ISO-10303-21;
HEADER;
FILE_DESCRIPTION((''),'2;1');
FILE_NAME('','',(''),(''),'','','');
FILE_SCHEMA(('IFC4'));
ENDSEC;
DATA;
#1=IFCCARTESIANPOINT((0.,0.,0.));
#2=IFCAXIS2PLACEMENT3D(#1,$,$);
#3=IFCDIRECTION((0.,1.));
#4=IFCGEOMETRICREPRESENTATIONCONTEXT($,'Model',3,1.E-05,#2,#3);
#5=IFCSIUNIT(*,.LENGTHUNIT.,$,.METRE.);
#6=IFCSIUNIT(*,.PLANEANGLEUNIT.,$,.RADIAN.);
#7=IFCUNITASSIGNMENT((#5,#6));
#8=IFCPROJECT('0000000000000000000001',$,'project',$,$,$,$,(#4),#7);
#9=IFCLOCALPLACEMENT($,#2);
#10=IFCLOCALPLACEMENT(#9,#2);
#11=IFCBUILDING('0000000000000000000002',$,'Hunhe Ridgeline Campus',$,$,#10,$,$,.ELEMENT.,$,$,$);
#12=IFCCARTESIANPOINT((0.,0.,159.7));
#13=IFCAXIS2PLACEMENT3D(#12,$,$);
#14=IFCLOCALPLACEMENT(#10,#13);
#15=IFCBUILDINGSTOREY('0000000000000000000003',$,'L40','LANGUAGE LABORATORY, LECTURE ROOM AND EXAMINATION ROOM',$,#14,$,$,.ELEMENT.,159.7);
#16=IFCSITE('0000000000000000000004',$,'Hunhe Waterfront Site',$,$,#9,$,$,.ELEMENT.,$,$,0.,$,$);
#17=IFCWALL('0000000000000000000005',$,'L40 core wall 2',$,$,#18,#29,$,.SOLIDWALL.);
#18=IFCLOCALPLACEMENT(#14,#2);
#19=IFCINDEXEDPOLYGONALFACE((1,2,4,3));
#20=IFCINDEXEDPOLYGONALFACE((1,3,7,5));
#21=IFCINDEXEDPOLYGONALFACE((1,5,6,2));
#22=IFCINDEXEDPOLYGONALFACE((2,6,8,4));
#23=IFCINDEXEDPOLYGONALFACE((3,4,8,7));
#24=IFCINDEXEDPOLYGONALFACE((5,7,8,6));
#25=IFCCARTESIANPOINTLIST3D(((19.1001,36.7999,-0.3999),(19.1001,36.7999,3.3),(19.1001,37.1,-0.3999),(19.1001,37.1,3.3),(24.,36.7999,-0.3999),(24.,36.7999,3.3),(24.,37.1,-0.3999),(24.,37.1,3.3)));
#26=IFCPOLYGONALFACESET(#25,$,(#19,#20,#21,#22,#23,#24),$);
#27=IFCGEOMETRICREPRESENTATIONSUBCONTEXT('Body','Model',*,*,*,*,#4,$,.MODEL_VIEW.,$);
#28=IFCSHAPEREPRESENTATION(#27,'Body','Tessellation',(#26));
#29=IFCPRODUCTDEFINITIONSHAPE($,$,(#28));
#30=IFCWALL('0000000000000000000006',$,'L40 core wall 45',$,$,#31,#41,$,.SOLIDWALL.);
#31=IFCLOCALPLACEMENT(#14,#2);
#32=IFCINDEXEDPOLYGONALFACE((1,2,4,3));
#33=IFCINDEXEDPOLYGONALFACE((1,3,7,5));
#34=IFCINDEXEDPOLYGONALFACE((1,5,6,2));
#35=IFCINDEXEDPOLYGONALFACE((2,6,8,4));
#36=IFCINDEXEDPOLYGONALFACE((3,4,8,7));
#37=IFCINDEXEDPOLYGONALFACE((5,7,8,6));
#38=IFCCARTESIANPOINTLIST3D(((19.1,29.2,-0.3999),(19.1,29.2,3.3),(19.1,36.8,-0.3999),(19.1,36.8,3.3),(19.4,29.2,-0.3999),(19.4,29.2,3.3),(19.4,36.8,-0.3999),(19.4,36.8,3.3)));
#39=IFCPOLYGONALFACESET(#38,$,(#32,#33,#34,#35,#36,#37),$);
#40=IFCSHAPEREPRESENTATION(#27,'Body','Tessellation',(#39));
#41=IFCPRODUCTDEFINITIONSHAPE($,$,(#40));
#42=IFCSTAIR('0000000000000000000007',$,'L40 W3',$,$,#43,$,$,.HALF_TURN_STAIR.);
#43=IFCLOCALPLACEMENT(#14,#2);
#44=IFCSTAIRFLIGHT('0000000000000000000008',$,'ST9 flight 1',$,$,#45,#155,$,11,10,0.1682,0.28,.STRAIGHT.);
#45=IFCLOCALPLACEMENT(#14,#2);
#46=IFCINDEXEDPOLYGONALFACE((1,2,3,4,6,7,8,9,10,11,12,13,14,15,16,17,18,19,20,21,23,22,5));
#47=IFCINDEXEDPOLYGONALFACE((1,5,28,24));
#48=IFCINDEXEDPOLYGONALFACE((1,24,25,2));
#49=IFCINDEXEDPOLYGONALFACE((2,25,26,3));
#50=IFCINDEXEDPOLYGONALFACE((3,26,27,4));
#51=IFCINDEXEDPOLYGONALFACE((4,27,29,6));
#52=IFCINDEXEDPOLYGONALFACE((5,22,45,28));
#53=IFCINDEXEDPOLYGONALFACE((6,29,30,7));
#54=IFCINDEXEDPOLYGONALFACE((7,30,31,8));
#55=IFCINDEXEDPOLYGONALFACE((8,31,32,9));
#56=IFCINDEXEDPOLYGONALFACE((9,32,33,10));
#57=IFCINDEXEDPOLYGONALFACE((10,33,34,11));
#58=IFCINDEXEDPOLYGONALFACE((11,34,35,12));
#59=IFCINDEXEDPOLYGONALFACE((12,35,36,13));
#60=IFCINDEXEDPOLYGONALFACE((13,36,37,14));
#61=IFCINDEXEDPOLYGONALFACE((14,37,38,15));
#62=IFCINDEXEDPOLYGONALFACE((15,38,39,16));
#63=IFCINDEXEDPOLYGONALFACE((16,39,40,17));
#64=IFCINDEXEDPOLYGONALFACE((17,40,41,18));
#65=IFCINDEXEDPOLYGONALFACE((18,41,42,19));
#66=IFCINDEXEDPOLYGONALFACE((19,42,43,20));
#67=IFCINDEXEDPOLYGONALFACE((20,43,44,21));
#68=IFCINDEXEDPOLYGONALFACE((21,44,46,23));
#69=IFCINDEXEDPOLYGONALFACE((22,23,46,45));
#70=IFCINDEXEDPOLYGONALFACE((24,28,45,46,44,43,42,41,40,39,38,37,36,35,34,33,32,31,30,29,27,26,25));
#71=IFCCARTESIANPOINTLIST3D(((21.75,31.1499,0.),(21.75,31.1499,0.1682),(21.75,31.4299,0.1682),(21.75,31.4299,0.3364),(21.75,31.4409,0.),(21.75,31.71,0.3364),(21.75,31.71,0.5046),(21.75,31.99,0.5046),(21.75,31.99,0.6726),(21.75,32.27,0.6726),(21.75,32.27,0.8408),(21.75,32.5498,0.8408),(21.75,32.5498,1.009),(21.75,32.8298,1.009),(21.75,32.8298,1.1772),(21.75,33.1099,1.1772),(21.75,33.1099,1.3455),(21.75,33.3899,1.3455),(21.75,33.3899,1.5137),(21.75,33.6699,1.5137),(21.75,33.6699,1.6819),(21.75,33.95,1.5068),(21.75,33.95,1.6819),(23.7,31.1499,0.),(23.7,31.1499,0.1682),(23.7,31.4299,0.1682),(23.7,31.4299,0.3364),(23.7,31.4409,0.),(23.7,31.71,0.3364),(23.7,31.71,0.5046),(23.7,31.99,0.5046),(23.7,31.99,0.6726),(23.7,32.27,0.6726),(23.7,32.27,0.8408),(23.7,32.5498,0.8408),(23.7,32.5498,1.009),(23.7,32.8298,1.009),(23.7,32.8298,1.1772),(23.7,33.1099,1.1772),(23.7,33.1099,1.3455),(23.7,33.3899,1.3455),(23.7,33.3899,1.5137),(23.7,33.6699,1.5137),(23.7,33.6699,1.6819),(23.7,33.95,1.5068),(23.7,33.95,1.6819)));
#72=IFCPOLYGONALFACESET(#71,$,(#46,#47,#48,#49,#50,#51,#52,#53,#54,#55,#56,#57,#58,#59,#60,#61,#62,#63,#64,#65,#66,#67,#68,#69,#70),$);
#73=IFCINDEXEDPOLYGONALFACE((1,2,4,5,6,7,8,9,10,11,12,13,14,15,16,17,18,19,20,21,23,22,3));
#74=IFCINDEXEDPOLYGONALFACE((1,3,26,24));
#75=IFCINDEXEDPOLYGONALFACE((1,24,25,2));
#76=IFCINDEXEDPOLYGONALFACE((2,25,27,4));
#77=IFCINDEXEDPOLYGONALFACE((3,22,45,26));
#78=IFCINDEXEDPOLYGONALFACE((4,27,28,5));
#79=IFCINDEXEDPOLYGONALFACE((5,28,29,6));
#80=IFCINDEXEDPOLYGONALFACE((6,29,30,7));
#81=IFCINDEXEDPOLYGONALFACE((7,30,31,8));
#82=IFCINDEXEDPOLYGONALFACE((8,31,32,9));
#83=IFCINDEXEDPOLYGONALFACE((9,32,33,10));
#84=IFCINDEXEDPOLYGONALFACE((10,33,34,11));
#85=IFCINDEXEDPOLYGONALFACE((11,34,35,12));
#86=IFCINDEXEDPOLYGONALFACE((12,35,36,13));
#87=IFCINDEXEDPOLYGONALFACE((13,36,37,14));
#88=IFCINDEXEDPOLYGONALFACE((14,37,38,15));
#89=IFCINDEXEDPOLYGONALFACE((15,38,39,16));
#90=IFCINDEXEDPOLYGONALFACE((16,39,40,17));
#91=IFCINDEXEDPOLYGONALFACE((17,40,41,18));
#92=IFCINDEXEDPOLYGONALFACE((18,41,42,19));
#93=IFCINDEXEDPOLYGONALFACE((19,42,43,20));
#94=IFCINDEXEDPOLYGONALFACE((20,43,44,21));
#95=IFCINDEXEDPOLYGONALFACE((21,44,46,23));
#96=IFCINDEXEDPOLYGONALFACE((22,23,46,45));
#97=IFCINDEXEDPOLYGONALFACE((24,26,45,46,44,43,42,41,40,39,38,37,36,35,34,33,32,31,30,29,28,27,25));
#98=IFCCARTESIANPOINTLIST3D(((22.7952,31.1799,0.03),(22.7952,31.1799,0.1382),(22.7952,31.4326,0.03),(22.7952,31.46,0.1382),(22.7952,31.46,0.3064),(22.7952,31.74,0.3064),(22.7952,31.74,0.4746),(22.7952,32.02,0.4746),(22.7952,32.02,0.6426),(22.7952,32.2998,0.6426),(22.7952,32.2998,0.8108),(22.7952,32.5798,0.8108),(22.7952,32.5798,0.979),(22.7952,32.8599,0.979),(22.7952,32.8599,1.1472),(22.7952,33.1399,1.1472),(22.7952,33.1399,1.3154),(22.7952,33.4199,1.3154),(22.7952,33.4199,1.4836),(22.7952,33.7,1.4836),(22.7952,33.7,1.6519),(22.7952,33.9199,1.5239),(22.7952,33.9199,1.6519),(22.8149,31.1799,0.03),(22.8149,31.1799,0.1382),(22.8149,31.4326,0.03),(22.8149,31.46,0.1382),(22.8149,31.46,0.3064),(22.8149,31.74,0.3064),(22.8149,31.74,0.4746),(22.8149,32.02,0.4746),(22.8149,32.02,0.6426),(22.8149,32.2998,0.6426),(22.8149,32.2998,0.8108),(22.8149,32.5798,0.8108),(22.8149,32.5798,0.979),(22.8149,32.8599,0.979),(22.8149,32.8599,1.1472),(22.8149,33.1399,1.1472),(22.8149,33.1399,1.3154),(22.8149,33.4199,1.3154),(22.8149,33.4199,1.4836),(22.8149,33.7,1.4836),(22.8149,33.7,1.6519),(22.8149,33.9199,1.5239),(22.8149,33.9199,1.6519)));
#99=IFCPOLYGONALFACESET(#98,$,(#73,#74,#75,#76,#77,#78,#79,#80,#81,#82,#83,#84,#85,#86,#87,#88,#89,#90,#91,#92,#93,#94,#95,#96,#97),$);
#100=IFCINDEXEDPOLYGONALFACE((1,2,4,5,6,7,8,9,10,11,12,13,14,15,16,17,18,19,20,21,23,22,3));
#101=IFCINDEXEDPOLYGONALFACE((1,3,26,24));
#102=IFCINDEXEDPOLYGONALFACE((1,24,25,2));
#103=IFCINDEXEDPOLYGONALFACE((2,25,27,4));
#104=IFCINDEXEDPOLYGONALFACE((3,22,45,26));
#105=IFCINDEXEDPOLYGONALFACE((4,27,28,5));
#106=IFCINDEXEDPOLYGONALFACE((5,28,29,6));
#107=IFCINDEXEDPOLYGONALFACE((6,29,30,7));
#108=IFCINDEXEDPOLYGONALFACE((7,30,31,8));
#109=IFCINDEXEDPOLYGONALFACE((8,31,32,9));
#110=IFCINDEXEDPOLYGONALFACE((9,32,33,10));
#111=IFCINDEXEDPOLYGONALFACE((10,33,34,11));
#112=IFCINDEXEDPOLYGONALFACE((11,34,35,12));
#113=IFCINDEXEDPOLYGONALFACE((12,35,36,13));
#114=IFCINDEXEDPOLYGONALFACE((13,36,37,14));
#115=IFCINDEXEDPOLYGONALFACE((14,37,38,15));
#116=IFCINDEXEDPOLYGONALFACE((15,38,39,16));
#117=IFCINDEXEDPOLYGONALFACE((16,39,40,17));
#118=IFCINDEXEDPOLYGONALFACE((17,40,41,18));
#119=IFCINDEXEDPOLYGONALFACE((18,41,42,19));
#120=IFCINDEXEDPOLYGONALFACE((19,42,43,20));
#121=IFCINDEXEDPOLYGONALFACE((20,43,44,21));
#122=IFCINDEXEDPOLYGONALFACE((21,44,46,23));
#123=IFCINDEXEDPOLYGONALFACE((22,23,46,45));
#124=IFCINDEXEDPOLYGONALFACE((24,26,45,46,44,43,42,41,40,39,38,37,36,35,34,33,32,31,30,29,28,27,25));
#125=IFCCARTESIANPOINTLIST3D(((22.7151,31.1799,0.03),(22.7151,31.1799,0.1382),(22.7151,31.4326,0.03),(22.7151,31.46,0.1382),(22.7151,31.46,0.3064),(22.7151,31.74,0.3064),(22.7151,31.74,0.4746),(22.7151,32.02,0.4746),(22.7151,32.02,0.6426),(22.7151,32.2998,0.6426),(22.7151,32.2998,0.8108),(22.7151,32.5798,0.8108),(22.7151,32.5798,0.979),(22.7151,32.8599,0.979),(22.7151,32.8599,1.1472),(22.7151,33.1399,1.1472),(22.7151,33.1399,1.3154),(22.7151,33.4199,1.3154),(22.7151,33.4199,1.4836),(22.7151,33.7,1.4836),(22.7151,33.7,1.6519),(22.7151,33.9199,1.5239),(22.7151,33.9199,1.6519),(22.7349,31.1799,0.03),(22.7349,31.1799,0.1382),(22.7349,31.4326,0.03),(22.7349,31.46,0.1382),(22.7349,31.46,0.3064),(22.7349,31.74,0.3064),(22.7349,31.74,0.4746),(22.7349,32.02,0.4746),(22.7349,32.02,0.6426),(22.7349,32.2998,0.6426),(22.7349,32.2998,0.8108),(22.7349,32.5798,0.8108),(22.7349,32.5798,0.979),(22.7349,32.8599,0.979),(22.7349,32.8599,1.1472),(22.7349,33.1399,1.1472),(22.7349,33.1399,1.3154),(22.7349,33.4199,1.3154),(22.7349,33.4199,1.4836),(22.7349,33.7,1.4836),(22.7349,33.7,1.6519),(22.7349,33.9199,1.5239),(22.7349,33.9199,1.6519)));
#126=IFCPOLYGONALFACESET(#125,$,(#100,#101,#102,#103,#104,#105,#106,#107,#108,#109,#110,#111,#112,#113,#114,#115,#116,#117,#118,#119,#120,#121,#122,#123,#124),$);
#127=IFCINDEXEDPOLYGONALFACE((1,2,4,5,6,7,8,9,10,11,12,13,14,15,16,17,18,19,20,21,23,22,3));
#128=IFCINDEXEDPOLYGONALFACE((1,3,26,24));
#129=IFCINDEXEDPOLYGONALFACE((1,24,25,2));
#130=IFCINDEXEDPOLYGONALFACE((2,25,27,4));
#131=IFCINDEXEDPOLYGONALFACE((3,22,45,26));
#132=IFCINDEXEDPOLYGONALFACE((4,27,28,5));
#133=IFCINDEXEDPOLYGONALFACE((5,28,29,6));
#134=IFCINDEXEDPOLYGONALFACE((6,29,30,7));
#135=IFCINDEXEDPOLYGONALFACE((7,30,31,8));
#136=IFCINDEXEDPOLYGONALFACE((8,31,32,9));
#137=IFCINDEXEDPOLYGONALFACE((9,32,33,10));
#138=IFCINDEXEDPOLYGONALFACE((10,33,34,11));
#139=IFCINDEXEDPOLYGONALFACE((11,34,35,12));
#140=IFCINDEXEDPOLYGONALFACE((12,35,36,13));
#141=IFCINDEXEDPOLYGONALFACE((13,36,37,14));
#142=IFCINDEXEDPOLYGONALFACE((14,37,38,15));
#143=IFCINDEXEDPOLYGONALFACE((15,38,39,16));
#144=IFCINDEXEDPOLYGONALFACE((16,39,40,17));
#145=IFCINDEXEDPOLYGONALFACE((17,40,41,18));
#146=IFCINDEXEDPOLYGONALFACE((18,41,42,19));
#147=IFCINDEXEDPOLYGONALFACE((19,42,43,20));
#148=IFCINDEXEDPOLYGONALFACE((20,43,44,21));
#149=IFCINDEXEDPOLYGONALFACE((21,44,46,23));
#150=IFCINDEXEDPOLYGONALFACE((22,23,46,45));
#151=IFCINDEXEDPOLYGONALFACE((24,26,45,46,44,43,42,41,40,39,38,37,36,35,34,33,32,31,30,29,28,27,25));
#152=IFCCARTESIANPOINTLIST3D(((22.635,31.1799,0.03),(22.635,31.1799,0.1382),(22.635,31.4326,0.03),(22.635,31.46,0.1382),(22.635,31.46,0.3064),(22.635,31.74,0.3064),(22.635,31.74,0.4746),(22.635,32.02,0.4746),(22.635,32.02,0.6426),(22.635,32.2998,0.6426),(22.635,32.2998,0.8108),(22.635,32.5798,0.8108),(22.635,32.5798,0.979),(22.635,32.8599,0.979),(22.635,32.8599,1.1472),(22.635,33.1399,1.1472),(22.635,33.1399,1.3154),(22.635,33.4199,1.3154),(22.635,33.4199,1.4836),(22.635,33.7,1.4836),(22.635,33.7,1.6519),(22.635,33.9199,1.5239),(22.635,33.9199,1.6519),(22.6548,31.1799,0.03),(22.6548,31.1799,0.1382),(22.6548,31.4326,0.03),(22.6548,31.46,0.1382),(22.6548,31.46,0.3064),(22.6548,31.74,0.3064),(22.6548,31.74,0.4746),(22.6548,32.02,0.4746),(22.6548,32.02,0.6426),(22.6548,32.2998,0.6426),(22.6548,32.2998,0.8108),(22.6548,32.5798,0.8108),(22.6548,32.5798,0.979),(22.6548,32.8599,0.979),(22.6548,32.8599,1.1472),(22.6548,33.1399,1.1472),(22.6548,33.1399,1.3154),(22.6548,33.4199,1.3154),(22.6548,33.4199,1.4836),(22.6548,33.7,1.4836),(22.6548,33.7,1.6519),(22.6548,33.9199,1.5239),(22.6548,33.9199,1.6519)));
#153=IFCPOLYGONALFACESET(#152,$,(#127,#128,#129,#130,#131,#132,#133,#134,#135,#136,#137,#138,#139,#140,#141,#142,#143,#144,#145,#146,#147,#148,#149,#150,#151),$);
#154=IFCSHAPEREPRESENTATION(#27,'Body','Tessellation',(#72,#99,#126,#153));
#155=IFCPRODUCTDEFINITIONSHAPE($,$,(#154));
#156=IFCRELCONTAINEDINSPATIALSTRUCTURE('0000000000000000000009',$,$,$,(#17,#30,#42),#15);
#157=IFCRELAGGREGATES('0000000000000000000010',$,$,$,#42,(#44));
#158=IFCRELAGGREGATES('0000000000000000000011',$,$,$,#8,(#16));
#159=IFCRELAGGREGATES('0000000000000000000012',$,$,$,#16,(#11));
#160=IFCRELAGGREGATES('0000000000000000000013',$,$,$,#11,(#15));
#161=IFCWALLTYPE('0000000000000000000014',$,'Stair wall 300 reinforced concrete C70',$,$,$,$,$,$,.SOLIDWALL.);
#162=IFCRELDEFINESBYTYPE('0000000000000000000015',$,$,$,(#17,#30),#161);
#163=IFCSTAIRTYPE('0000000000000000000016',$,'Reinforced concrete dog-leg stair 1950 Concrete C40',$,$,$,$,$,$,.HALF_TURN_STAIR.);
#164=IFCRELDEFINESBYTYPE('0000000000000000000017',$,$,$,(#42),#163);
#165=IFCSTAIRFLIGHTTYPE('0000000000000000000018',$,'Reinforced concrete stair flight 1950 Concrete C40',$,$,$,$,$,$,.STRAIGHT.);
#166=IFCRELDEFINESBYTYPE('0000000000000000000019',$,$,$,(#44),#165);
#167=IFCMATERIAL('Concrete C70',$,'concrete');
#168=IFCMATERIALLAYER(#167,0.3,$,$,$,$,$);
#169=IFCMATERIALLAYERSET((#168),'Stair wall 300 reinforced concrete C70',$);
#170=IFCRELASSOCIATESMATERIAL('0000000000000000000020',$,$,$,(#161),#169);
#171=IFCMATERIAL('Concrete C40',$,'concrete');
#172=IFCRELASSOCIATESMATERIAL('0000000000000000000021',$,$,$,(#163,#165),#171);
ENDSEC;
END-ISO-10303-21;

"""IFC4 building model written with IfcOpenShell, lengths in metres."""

from ifc_helpers import new_model, si_unit, direction, frame, frame_2d, origin, place, context, subcontext, project, spatial, polyline, rectangle, outline, extrude, material, layer, layer_set, type_object, element, aggregate, save


model = new_model("IFC4")

# Units and contexts
model_context = context("Model", 3, precision=1e-05, world=origin(), true_north=direction((0.0, 1.0)))
body_context = subcontext(model_context, "Body", "Model", "MODEL_VIEW")
ifc_project = project(units=[si_unit("LENGTHUNIT", "METRE"), si_unit("PLANEANGLEUNIT", "RADIAN")], contexts=[model_context])

# Site, building, storey
site_placement = place(None, origin())
site = spatial("IfcSite", under=ifc_project, at=site_placement, Name="Hunhe Waterfront Site", CompositionType="ELEMENT", RefElevation=0.0)
building_placement = place(site_placement, origin())
building = spatial("IfcBuilding", under=site, at=building_placement, Name="Hunhe Ridgeline Campus", CompositionType="ELEMENT")
storey_placement = place(building_placement, frame((0.0, 0.0, 159.7)))
storey = spatial("IfcBuildingStorey", under=building, at=storey_placement, Name="L40", Description="LANGUAGE LABORATORY, LECTURE ROOM AND EXAMINATION ROOM", CompositionType="ELEMENT", Elevation=159.7)

# Shared definitions
ifc_material_1 = material(Name="Concrete C70", Category="concrete")

# Walls
ifc_layer_1 = layer(ifc_material_1, 0.3)
ifc_layer_set_1 = layer_set([ifc_layer_1], Name="Stair wall 300 reinforced concrete C70")
wall_type_1 = type_object("IfcWallType", Name="Stair wall 300 reinforced concrete C70", PredefinedType="SOLIDWALL", material=ifc_layer_set_1)
wall_1_placement = place(storey_placement, frame((19.1001, 36.95, -0.3999), z_axis=(0.0, 0.0, 1.0), x_axis=(1.0, 0.0, 0.0)))
element("IfcWall", 1, at=wall_1_placement, inside=storey, type_object=wall_type_1, Name="L40 core wall 2", PredefinedType="SOLIDWALL", context=body_context, shape_type="SweptSolid", body=[
    extrude(rectangle(XDim=4.8999, YDim=0.3, at=frame_2d((2.45, 0.0))), origin(), (0.0, 0.0, 1.0), 3.7),
])
wall_2_placement = place(storey_placement, frame((19.25, 29.2, -0.3999), z_axis=(0.0, 0.0, 1.0), x_axis=(0.0, 1.0, 0.0)))
element("IfcWall", 2, at=wall_2_placement, inside=storey, type_object=wall_type_1, Name="L40 core wall 45", PredefinedType="SOLIDWALL", context=body_context, shape_type="SweptSolid", body=[
    extrude(rectangle(XDim=7.6001, YDim=0.3, at=frame_2d((3.8, 0.0))), origin(), (0.0, 0.0, 1.0), 3.7),
])

# Stair, stair flight
ifc_material_2 = material(Name="Concrete C40", Category="concrete")
stair_type = type_object("IfcStairType", Name="Reinforced concrete dog-leg stair 1950 Concrete C40", PredefinedType="HALF_TURN_STAIR", material=ifc_material_2)
stair_placement = place(storey_placement, origin())
stair = element("IfcStair", 3, at=stair_placement, inside=storey, type_object=stair_type, Name="L40 W3", PredefinedType="HALF_TURN_STAIR")
stair_flight_type = type_object("IfcStairFlightType", Name="Reinforced concrete stair flight 1950 Concrete C40", PredefinedType="STRAIGHT", material=ifc_material_2)
stair_flight_1_placement = place(storey_placement, frame((22.7251, 31.1499, 0.0), z_axis=(0.0, 0.0, 1.0), x_axis=(0.0, 1.0, 0.0)))
stair_flight_1 = element("IfcStairFlight", 4, at=stair_flight_1_placement, type_object=stair_flight_type, Name="ST9 flight 1", NumberOfRisers=11, NumberOfTreads=10, PredefinedType="STRAIGHT", RiserHeight=0.1682, TreadLength=0.28, context=body_context, shape_type="SweptSolid", body=[
    extrude(outline(polyline([(0.0, 0.0), (0.0, 0.1682), (0.28, 0.1682), (0.28, 0.3364), (0.5601, 0.3364), (0.5601, 0.5046), (0.8401, 0.5046), (0.8401, 0.6726), (1.1201, 0.6726), (1.1201, 0.8408), (1.3999, 0.8408), (1.3999, 1.009), (1.6799, 1.009), (1.6799, 1.1772), (1.96, 1.1772), (1.96, 1.3455), (2.24, 1.3455), (2.24, 1.5137), (2.52, 1.5137), (2.52, 1.6819), (2.8, 1.6819), (2.8, 1.8501), (2.8, 1.5068), (0.291, 0.0), (0.0, 0.0)])), frame((0.0, 0.9751, 0.0), z_axis=(0.0, -1.0, 0.0), x_axis=(1.0, 0.0, 0.0)), (0.0, 0.0, 1.0), 1.95),
    extrude(outline(polyline([(0.03, 0.03), (0.03, 0.1382), (0.3101, 0.1382), (0.3101, 0.3064), (0.5901, 0.3064), (0.5901, 0.4746), (0.8701, 0.4746), (0.8701, 0.6426), (1.1499, 0.6426), (1.1499, 0.8108), (1.4299, 0.8108), (1.4299, 0.979), (1.71, 0.979), (1.71, 1.1472), (1.99, 1.1472), (1.99, 1.3154), (2.27, 1.3154), (2.27, 1.4836), (2.55, 1.4836), (2.55, 1.6519), (2.77, 1.6519), (2.77, 1.5239), (0.2827, 0.03), (0.03, 0.03)])), frame((0.0, -0.0701, 0.0), z_axis=(0.0, -1.0, 0.0), x_axis=(1.0, 0.0, 0.0)), (0.0, 0.0, 1.0), 0.0198),
    extrude(outline(polyline([(0.03, 0.03), (0.03, 0.1382), (0.3101, 0.1382), (0.3101, 0.3064), (0.5901, 0.3064), (0.5901, 0.4746), (0.8701, 0.4746), (0.8701, 0.6426), (1.1499, 0.6426), (1.1499, 0.8108), (1.4299, 0.8108), (1.4299, 0.979), (1.71, 0.979), (1.71, 1.1472), (1.99, 1.1472), (1.99, 1.3154), (2.27, 1.3154), (2.27, 1.4836), (2.55, 1.4836), (2.55, 1.6519), (2.77, 1.6519), (2.77, 1.5239), (0.2827, 0.03), (0.03, 0.03)])), frame((0.0, 0.01, 0.0), z_axis=(0.0, -1.0, 0.0), x_axis=(1.0, 0.0, 0.0)), (0.0, 0.0, 1.0), 0.0198),
    extrude(outline(polyline([(0.03, 0.03), (0.03, 0.1382), (0.3101, 0.1382), (0.3101, 0.3064), (0.5901, 0.3064), (0.5901, 0.4746), (0.8701, 0.4746), (0.8701, 0.6426), (1.1499, 0.6426), (1.1499, 0.8108), (1.4299, 0.8108), (1.4299, 0.979), (1.71, 0.979), (1.71, 1.1472), (1.99, 1.1472), (1.99, 1.3154), (2.27, 1.3154), (2.27, 1.4836), (2.55, 1.4836), (2.55, 1.6519), (2.77, 1.6519), (2.77, 1.5239), (0.2827, 0.03), (0.03, 0.03)])), frame((0.0, 0.0901, 0.0), z_axis=(0.0, -1.0, 0.0), x_axis=(1.0, 0.0, 0.0)), (0.0, 0.0, 1.0), 0.0198),
])
aggregate(stair, [stair_flight_1])

save(model, "model.ifc")
